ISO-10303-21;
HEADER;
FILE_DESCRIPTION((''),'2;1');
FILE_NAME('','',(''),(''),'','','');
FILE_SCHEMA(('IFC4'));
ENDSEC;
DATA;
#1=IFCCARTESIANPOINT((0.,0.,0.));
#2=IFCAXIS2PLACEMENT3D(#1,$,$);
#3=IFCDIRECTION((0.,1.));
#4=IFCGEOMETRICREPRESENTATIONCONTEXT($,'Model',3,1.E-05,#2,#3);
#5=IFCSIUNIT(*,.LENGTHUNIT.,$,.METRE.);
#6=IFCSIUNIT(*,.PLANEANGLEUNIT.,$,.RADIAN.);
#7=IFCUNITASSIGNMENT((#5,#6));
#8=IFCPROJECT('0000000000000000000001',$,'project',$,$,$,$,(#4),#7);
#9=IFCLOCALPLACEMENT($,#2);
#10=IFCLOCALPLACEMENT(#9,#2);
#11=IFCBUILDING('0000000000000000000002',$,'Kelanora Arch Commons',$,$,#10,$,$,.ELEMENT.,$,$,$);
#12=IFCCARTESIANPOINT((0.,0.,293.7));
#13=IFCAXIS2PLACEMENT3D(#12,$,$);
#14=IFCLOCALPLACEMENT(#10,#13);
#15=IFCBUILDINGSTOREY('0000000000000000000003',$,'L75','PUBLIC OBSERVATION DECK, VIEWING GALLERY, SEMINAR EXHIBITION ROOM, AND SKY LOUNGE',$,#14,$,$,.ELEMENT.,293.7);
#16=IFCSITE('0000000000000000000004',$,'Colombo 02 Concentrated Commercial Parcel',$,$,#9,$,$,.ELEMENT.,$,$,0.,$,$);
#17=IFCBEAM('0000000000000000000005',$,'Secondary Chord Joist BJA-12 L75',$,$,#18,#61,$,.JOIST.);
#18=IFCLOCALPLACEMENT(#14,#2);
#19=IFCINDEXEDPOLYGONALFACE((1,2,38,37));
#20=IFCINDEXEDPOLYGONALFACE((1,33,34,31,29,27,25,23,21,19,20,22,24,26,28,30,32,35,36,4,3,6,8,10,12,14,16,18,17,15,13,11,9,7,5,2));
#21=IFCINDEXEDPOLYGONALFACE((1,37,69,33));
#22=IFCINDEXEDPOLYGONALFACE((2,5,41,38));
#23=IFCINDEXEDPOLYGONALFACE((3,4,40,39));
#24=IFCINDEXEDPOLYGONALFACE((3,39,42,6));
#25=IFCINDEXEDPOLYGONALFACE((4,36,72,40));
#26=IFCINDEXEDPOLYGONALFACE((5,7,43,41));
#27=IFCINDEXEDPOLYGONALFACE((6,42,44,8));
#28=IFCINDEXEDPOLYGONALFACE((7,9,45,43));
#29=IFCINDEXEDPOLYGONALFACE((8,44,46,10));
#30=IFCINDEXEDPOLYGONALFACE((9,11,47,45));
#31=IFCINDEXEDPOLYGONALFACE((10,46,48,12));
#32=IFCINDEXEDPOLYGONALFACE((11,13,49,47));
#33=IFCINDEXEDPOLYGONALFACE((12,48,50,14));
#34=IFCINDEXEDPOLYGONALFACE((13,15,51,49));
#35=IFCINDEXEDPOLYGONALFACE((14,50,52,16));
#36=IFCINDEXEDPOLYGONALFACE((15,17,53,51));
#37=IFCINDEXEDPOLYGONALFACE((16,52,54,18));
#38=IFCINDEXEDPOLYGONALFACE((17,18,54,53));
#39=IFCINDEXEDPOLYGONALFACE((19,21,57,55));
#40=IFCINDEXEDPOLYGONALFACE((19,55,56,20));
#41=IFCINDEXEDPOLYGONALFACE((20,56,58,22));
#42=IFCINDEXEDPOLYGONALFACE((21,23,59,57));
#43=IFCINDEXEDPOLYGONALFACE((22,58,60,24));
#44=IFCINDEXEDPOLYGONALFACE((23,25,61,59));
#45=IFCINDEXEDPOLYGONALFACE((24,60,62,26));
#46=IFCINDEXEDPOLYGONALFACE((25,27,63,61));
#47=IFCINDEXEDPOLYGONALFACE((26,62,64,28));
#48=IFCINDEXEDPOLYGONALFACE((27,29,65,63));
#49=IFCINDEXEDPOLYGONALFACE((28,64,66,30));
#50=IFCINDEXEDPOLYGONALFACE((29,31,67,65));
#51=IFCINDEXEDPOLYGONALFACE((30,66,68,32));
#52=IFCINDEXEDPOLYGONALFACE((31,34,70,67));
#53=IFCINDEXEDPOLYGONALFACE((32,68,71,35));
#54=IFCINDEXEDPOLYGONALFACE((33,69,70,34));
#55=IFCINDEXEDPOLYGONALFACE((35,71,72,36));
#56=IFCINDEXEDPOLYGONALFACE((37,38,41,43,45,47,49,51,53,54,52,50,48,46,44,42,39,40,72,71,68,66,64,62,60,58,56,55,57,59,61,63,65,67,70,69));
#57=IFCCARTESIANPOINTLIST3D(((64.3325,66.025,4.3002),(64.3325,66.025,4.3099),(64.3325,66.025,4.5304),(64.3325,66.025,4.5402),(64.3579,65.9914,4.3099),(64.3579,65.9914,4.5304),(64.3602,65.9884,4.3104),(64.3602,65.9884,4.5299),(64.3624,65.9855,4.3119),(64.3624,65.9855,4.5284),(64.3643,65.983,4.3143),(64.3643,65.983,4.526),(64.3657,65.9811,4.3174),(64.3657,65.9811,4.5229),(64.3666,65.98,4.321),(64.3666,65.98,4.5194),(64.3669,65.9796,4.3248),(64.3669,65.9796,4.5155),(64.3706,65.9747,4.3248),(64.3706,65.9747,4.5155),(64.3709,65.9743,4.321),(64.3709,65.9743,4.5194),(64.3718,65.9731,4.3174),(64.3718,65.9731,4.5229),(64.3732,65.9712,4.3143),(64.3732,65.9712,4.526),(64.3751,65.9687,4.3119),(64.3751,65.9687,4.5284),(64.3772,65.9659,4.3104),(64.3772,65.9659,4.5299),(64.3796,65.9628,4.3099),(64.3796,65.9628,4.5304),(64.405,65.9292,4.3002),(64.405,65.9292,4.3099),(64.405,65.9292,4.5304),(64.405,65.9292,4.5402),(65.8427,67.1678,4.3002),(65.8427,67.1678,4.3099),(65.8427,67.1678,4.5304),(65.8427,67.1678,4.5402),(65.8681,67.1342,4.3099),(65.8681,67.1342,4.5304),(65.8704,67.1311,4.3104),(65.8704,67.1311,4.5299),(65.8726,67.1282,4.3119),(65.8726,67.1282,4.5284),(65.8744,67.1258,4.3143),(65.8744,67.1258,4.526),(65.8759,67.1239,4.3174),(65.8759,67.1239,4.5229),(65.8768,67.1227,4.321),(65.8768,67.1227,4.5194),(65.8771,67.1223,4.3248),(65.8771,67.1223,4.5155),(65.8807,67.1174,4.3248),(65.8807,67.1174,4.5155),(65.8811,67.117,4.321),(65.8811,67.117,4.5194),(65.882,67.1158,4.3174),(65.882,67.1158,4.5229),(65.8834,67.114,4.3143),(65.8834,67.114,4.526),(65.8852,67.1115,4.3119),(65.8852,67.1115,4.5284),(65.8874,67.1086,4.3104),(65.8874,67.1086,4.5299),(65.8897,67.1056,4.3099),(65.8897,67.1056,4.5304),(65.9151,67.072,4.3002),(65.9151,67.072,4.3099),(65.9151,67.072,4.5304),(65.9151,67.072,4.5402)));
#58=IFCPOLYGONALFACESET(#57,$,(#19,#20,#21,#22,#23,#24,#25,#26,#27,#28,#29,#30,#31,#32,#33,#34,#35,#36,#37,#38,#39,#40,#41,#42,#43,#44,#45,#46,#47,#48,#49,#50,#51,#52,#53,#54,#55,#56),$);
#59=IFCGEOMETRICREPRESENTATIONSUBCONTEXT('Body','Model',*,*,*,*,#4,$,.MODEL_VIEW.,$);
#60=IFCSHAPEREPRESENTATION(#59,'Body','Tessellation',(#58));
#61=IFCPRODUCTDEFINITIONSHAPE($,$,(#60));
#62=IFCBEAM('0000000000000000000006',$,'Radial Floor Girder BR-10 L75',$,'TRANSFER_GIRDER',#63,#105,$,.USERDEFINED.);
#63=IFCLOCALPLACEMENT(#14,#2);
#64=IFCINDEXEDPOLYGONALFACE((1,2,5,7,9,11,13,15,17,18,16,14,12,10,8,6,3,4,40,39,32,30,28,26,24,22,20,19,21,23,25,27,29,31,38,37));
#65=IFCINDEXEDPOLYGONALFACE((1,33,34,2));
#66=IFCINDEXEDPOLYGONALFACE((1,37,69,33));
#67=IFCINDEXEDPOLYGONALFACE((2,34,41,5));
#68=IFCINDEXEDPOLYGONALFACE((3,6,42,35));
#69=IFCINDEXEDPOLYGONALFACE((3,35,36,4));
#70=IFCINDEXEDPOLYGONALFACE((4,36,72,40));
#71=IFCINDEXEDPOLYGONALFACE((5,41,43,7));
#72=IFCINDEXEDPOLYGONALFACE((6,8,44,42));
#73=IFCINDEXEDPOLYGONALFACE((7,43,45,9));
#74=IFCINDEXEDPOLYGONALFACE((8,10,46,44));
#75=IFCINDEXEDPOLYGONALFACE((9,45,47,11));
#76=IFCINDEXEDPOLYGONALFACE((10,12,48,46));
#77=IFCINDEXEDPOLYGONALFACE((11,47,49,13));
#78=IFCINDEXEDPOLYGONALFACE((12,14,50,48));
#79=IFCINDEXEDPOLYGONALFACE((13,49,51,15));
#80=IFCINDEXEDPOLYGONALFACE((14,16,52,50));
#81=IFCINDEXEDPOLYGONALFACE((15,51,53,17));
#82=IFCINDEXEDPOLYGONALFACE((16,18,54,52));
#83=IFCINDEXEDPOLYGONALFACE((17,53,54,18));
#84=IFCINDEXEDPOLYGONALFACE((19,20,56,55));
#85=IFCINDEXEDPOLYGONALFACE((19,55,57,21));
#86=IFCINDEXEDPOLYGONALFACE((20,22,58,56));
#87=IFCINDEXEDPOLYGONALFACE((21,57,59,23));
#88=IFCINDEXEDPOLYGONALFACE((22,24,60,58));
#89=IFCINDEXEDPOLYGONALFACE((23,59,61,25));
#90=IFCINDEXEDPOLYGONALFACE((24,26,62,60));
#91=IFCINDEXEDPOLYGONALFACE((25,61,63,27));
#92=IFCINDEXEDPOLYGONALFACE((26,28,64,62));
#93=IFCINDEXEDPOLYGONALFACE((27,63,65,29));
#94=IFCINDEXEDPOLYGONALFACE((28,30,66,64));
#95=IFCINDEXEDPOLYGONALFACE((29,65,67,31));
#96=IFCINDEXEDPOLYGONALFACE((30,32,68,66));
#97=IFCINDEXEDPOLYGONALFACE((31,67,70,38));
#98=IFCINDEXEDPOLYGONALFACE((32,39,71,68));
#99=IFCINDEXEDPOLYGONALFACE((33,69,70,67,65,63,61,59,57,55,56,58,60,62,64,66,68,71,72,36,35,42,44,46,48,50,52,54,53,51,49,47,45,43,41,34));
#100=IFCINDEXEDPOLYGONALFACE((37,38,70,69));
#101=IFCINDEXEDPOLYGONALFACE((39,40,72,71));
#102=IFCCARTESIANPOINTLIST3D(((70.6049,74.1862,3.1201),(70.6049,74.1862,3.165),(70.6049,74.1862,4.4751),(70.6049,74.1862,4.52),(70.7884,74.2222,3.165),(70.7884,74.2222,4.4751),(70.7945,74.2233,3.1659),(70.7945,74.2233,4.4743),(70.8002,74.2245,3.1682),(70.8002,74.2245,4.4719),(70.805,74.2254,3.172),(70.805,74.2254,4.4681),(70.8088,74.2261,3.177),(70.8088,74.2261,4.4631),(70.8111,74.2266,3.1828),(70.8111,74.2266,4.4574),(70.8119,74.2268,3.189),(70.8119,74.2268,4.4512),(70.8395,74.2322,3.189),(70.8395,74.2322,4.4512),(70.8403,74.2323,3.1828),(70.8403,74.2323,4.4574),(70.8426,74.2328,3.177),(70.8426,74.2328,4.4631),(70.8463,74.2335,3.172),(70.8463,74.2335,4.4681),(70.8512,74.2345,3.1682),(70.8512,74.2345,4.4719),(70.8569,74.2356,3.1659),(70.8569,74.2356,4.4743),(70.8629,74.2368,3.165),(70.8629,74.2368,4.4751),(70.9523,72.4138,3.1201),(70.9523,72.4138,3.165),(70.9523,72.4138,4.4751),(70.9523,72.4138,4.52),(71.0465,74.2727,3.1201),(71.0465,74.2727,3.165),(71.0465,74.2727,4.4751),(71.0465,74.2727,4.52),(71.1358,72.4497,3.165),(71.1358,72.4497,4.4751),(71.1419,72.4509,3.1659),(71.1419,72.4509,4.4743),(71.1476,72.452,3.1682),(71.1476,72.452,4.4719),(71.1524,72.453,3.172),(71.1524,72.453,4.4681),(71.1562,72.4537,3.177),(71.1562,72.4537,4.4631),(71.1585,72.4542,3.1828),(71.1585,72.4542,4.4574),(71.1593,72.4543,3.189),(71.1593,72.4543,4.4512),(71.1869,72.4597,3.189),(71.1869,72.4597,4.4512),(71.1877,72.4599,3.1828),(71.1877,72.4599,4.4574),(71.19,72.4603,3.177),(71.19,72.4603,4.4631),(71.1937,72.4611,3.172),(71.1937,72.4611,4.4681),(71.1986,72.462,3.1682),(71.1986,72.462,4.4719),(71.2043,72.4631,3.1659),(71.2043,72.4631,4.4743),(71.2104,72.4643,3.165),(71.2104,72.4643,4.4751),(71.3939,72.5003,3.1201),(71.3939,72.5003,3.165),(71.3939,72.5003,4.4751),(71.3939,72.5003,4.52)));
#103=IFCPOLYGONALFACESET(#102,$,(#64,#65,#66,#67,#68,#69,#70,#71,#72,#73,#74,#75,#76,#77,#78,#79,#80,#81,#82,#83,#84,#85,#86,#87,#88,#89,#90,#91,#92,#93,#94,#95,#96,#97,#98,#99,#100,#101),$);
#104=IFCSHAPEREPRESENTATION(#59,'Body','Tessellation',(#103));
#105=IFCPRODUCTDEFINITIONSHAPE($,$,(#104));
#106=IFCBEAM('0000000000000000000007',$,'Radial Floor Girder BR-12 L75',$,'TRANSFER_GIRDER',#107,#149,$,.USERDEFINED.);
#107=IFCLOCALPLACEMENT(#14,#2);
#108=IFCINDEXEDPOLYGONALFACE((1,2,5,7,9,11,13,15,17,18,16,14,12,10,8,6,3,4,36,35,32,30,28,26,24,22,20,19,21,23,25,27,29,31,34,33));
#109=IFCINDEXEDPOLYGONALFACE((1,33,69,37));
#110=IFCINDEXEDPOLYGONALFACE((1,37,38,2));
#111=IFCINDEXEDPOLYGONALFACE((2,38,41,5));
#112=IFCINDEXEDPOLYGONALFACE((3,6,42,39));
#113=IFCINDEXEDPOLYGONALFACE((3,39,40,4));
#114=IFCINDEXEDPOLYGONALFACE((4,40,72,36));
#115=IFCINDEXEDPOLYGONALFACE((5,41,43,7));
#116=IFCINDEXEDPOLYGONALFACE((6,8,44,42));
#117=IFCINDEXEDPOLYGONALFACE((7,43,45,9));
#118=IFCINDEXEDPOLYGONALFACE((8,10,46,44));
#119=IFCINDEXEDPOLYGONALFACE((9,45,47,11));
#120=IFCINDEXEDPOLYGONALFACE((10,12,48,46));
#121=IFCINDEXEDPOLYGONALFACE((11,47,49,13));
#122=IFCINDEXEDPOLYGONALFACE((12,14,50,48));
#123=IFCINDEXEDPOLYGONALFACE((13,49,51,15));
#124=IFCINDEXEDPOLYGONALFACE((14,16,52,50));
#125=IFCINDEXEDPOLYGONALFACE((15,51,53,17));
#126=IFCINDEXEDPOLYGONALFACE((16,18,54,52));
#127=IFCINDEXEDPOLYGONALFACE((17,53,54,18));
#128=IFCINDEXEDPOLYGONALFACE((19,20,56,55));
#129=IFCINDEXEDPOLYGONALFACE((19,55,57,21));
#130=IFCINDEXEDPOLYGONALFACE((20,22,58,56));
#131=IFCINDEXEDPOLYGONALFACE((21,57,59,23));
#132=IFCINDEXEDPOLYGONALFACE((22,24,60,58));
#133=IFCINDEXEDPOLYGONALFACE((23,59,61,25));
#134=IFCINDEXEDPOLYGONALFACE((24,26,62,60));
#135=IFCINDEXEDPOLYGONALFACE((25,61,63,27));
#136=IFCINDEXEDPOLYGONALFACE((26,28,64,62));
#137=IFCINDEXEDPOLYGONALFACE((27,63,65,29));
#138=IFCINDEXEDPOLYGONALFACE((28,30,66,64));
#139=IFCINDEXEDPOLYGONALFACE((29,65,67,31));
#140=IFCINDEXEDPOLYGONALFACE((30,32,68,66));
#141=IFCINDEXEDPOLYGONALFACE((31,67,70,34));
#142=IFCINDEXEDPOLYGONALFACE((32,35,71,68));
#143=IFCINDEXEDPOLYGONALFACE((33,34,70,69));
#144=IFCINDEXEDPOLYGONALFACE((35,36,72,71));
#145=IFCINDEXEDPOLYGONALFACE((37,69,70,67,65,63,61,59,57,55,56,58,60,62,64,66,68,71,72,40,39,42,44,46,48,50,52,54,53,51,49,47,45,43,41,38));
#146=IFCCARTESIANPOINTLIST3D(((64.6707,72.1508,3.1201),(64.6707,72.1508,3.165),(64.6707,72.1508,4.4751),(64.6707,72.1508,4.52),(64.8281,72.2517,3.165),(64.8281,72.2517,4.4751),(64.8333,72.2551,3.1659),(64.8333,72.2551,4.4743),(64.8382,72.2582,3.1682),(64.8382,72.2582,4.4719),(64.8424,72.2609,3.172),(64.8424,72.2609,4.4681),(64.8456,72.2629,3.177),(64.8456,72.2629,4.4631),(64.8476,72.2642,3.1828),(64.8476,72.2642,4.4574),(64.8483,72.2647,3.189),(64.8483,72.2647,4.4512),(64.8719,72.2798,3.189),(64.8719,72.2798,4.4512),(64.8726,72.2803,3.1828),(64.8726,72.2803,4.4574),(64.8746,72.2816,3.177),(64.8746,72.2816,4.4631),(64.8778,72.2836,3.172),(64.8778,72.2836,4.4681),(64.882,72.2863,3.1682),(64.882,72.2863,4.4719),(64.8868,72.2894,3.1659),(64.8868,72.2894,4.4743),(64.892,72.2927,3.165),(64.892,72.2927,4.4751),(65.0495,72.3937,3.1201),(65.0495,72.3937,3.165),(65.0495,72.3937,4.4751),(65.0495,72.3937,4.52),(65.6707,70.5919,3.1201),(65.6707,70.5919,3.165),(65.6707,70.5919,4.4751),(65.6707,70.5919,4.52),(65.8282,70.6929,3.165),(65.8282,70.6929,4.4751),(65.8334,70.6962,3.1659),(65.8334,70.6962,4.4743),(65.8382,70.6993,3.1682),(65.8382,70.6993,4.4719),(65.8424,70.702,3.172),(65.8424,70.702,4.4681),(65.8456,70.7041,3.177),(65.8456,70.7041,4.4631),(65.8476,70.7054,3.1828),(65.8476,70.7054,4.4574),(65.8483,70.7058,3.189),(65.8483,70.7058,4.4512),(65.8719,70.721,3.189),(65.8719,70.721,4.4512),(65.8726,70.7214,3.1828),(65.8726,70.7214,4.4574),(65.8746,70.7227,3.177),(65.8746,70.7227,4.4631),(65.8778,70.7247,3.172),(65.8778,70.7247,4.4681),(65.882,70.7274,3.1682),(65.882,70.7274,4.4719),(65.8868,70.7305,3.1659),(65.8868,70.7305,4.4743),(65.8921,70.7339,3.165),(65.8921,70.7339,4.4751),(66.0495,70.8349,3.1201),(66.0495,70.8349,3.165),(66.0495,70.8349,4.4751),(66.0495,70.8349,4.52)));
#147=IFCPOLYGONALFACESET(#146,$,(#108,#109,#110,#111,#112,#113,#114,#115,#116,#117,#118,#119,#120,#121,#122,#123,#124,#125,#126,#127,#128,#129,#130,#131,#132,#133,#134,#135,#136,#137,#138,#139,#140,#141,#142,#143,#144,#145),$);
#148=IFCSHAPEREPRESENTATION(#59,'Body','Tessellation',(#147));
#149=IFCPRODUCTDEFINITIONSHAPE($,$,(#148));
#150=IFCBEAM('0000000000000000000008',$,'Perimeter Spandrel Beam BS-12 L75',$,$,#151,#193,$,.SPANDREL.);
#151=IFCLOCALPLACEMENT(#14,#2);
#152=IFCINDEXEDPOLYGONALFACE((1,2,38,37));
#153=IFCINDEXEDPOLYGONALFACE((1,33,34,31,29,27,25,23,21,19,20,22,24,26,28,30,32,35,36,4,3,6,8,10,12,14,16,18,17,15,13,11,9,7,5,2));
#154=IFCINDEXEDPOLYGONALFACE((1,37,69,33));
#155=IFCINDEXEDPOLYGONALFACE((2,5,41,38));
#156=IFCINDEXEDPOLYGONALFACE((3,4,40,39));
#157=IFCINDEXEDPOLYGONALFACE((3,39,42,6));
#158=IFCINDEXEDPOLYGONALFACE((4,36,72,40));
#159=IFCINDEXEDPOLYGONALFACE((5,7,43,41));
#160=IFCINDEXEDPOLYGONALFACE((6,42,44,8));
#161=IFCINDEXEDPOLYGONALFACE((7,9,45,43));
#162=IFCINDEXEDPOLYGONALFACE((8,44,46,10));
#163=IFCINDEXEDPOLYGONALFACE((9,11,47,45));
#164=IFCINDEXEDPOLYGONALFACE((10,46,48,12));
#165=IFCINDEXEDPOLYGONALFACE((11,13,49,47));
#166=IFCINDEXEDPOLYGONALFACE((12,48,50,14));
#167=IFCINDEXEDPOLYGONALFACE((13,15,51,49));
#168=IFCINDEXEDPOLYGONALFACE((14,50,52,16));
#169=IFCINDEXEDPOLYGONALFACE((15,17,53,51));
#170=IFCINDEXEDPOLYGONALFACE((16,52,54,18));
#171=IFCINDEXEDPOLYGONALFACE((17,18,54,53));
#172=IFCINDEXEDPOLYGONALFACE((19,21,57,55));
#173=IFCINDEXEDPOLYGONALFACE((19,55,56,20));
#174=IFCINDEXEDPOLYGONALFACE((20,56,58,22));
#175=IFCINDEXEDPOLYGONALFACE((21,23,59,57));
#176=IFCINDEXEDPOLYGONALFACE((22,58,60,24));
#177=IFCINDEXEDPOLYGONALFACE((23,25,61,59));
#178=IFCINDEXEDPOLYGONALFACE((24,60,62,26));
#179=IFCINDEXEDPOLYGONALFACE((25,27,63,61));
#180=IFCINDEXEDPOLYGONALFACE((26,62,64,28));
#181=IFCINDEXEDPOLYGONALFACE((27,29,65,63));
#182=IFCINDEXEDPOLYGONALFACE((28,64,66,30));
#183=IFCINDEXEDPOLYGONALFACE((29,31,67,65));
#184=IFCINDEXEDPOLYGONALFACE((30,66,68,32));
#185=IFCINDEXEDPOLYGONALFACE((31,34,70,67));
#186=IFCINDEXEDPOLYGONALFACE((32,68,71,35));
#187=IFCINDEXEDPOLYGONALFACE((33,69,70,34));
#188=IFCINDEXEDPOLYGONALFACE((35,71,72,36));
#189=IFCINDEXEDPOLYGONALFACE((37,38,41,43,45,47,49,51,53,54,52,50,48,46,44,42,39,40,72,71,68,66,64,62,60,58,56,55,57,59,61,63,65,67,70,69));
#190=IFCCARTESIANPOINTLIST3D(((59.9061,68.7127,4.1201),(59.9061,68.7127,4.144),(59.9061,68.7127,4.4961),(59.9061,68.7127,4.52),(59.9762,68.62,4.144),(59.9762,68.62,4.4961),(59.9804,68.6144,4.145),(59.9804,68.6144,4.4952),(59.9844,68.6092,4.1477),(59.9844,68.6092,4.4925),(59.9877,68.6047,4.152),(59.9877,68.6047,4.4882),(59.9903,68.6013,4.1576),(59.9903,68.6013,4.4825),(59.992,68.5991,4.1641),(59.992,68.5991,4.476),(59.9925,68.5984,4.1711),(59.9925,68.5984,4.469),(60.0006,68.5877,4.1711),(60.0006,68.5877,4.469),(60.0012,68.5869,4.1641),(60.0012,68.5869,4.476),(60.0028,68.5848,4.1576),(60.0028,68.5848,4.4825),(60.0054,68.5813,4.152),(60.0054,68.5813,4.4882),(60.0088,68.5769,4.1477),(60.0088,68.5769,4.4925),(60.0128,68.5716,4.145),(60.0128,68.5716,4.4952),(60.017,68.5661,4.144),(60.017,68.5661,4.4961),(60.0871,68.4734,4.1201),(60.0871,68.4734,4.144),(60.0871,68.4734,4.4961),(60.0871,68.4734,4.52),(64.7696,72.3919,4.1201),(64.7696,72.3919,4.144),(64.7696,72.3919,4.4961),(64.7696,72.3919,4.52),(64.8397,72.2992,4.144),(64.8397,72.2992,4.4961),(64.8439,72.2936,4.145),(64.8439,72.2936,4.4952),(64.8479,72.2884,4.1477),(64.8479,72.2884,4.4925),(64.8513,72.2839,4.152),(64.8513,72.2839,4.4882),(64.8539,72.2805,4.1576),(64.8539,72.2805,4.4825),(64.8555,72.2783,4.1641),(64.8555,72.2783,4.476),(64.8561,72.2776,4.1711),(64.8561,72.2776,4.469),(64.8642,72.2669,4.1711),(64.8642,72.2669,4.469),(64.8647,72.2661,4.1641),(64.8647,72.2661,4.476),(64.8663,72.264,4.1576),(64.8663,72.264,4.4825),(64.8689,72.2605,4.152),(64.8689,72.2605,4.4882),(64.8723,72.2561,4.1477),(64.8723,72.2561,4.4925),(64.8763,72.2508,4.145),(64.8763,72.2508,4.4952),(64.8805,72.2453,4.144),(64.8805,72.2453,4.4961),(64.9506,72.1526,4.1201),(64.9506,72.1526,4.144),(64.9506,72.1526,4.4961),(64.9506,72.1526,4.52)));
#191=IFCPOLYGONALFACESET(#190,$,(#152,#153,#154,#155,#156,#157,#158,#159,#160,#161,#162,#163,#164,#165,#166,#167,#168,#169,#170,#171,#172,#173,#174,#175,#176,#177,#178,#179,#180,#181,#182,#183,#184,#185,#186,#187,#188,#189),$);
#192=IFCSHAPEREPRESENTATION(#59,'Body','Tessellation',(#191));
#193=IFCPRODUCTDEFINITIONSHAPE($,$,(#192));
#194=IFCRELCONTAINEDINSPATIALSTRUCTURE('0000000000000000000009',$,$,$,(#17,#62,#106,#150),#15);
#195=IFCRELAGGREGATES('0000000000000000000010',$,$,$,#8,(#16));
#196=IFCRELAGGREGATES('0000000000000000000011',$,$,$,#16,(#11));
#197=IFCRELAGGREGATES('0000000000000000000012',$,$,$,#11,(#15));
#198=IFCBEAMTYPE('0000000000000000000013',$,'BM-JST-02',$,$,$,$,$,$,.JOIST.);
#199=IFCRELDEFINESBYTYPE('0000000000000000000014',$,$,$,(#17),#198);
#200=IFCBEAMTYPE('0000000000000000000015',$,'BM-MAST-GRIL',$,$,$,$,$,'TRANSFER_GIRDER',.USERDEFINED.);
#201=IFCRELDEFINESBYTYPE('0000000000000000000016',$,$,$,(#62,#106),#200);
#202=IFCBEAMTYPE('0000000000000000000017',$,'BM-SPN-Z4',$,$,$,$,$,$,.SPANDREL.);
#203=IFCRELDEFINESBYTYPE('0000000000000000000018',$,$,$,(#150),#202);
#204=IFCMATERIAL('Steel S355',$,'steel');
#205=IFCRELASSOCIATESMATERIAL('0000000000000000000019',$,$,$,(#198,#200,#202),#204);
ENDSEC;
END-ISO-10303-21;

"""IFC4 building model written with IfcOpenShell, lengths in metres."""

from ifc_helpers import new_model, si_unit, direction, frame, origin, origin_2d, place, context, subcontext, project, spatial, i_section, extrude, material, material_profile, profile_set, type_object, element, save


model = new_model("IFC4")

# Units and contexts
model_context = context("Model", 3, precision=1e-05, world=origin(), true_north=direction((0.0, 1.0)))
body_context = subcontext(model_context, "Body", "Model", "MODEL_VIEW")
ifc_project = project(units=[si_unit("LENGTHUNIT", "METRE"), si_unit("PLANEANGLEUNIT", "RADIAN")], contexts=[model_context])

# Site, building, storey
site_placement = place(None, origin())
site = spatial("IfcSite", under=ifc_project, at=site_placement, Name="Colombo 02 Concentrated Commercial Parcel", CompositionType="ELEMENT", RefElevation=0.0)
building_placement = place(site_placement, origin())
building = spatial("IfcBuilding", under=site, at=building_placement, Name="Kelanora Arch Commons", CompositionType="ELEMENT")
storey_placement = place(building_placement, frame((0.0, 0.0, 293.7)))
storey = spatial("IfcBuildingStorey", under=building, at=storey_placement, Name="L75", Description="PUBLIC OBSERVATION DECK, VIEWING GALLERY, SEMINAR EXHIBITION ROOM, AND SKY LOUNGE", CompositionType="ELEMENT", Elevation=293.7)

# Beams
ifc_material_1 = material(Name="Steel S355", Category="steel")
ifc_material_profile_1 = material_profile(ifc_material_1, i_section(OverallWidth=0.1201, OverallDepth=0.24, WebThickness=0.0061, FlangeThickness=0.0098, FilletRadius=0.0149, at=origin_2d()), Name="IPE240")
ifc_profile_set_1 = profile_set([ifc_material_profile_1], Name="Steel S355")
beam_type_1 = type_object("IfcBeamType", Name="BM-JST-02", PredefinedType="JOIST", material=ifc_profile_set_1)
beam_1_placement = place(storey_placement, frame((65.8789, 67.1199, 4.4202), z_axis=(-0.797425, -0.603418, 0.0), x_axis=(0.603418, -0.797425, 0.0)))
element("IfcBeam", 1, at=beam_1_placement, inside=storey, type_object=beam_type_1, Name="Secondary Chord Joist BJA-12 L75", PredefinedType="JOIST", context=body_context, shape_type="SweptSolid", body=[
    extrude(i_section(OverallWidth=0.1201, OverallDepth=0.24, WebThickness=0.0061, FlangeThickness=0.0098, FilletRadius=0.0149, at=origin_2d()), origin(), (0.0, 0.0, 1.0), 1.8938),
])
ifc_material_profile_2 = material_profile(ifc_material_1, i_section(OverallWidth=0.45, OverallDepth=1.3999, WebThickness=0.0281, FlangeThickness=0.0449, FilletRadius=0.0239, at=origin_2d()), Name="PG1400x450")
ifc_profile_set_2 = profile_set([ifc_material_profile_2], Name="Steel S355")
beam_type_2 = type_object("IfcBeamType", Name="BM-MAST-GRIL", ElementType="TRANSFER_GIRDER", PredefinedType="USERDEFINED", material=ifc_profile_set_2)
beam_2_placement = place(storey_placement, frame((71.1731, 72.457, 3.8201), z_axis=(-0.192346, 0.981327, 0.0), x_axis=(-0.981327, -0.192346, 0.0)))
element("IfcBeam", 2, at=beam_2_placement, inside=storey, type_object=beam_type_2, Name="Radial Floor Girder BR-10 L75", ObjectType="TRANSFER_GIRDER", PredefinedType="USERDEFINED", context=body_context, shape_type="SweptSolid", body=[
    extrude(i_section(OverallWidth=0.45, OverallDepth=1.3999, WebThickness=0.0281, FlangeThickness=0.0449, FilletRadius=0.0239, at=origin_2d()), origin(), (0.0, 0.0, 1.0), 1.8062),
])
beam_3_placement = place(storey_placement, frame((65.8601, 70.7134, 3.8201), z_axis=(-0.539951, 0.841696, 0.0), x_axis=(-0.841696, -0.539951, 0.0)))
element("IfcBeam", 3, at=beam_3_placement, inside=storey, type_object=beam_type_2, Name="Radial Floor Girder BR-12 L75", ObjectType="TRANSFER_GIRDER", PredefinedType="USERDEFINED", context=body_context, shape_type="SweptSolid", body=[
    extrude(i_section(OverallWidth=0.45, OverallDepth=1.3999, WebThickness=0.0281, FlangeThickness=0.0449, FilletRadius=0.0239, at=origin_2d()), origin(), (0.0, 0.0, 1.0), 1.8521),
])
ifc_material_profile_3 = material_profile(ifc_material_1, i_section(OverallWidth=0.3, OverallDepth=0.3999, WebThickness=0.0134, FlangeThickness=0.0239, FilletRadius=0.0271, at=origin_2d()), Name="HEB400")
ifc_profile_set_3 = profile_set([ifc_material_profile_3], Name="Steel S355")
beam_type_3 = type_object("IfcBeamType", Name="BM-SPN-Z4", PredefinedType="SPANDREL", material=ifc_profile_set_3)
beam_4_placement = place(storey_placement, frame((64.8601, 72.2722, 4.3201), z_axis=(-0.797509, -0.603306, 0.0), x_axis=(0.603306, -0.797509, 0.0)))
element("IfcBeam", 4, at=beam_4_placement, inside=storey, type_object=beam_type_3, Name="Perimeter Spandrel Beam BS-12 L75", PredefinedType="SPANDREL", context=body_context, shape_type="SweptSolid", body=[
    extrude(i_section(OverallWidth=0.3, OverallDepth=0.3999, WebThickness=0.0134, FlangeThickness=0.0239, FilletRadius=0.0271, at=origin_2d()), origin(), (0.0, 0.0, 1.0), 6.0984),
])

save(model, "model.ifc")
